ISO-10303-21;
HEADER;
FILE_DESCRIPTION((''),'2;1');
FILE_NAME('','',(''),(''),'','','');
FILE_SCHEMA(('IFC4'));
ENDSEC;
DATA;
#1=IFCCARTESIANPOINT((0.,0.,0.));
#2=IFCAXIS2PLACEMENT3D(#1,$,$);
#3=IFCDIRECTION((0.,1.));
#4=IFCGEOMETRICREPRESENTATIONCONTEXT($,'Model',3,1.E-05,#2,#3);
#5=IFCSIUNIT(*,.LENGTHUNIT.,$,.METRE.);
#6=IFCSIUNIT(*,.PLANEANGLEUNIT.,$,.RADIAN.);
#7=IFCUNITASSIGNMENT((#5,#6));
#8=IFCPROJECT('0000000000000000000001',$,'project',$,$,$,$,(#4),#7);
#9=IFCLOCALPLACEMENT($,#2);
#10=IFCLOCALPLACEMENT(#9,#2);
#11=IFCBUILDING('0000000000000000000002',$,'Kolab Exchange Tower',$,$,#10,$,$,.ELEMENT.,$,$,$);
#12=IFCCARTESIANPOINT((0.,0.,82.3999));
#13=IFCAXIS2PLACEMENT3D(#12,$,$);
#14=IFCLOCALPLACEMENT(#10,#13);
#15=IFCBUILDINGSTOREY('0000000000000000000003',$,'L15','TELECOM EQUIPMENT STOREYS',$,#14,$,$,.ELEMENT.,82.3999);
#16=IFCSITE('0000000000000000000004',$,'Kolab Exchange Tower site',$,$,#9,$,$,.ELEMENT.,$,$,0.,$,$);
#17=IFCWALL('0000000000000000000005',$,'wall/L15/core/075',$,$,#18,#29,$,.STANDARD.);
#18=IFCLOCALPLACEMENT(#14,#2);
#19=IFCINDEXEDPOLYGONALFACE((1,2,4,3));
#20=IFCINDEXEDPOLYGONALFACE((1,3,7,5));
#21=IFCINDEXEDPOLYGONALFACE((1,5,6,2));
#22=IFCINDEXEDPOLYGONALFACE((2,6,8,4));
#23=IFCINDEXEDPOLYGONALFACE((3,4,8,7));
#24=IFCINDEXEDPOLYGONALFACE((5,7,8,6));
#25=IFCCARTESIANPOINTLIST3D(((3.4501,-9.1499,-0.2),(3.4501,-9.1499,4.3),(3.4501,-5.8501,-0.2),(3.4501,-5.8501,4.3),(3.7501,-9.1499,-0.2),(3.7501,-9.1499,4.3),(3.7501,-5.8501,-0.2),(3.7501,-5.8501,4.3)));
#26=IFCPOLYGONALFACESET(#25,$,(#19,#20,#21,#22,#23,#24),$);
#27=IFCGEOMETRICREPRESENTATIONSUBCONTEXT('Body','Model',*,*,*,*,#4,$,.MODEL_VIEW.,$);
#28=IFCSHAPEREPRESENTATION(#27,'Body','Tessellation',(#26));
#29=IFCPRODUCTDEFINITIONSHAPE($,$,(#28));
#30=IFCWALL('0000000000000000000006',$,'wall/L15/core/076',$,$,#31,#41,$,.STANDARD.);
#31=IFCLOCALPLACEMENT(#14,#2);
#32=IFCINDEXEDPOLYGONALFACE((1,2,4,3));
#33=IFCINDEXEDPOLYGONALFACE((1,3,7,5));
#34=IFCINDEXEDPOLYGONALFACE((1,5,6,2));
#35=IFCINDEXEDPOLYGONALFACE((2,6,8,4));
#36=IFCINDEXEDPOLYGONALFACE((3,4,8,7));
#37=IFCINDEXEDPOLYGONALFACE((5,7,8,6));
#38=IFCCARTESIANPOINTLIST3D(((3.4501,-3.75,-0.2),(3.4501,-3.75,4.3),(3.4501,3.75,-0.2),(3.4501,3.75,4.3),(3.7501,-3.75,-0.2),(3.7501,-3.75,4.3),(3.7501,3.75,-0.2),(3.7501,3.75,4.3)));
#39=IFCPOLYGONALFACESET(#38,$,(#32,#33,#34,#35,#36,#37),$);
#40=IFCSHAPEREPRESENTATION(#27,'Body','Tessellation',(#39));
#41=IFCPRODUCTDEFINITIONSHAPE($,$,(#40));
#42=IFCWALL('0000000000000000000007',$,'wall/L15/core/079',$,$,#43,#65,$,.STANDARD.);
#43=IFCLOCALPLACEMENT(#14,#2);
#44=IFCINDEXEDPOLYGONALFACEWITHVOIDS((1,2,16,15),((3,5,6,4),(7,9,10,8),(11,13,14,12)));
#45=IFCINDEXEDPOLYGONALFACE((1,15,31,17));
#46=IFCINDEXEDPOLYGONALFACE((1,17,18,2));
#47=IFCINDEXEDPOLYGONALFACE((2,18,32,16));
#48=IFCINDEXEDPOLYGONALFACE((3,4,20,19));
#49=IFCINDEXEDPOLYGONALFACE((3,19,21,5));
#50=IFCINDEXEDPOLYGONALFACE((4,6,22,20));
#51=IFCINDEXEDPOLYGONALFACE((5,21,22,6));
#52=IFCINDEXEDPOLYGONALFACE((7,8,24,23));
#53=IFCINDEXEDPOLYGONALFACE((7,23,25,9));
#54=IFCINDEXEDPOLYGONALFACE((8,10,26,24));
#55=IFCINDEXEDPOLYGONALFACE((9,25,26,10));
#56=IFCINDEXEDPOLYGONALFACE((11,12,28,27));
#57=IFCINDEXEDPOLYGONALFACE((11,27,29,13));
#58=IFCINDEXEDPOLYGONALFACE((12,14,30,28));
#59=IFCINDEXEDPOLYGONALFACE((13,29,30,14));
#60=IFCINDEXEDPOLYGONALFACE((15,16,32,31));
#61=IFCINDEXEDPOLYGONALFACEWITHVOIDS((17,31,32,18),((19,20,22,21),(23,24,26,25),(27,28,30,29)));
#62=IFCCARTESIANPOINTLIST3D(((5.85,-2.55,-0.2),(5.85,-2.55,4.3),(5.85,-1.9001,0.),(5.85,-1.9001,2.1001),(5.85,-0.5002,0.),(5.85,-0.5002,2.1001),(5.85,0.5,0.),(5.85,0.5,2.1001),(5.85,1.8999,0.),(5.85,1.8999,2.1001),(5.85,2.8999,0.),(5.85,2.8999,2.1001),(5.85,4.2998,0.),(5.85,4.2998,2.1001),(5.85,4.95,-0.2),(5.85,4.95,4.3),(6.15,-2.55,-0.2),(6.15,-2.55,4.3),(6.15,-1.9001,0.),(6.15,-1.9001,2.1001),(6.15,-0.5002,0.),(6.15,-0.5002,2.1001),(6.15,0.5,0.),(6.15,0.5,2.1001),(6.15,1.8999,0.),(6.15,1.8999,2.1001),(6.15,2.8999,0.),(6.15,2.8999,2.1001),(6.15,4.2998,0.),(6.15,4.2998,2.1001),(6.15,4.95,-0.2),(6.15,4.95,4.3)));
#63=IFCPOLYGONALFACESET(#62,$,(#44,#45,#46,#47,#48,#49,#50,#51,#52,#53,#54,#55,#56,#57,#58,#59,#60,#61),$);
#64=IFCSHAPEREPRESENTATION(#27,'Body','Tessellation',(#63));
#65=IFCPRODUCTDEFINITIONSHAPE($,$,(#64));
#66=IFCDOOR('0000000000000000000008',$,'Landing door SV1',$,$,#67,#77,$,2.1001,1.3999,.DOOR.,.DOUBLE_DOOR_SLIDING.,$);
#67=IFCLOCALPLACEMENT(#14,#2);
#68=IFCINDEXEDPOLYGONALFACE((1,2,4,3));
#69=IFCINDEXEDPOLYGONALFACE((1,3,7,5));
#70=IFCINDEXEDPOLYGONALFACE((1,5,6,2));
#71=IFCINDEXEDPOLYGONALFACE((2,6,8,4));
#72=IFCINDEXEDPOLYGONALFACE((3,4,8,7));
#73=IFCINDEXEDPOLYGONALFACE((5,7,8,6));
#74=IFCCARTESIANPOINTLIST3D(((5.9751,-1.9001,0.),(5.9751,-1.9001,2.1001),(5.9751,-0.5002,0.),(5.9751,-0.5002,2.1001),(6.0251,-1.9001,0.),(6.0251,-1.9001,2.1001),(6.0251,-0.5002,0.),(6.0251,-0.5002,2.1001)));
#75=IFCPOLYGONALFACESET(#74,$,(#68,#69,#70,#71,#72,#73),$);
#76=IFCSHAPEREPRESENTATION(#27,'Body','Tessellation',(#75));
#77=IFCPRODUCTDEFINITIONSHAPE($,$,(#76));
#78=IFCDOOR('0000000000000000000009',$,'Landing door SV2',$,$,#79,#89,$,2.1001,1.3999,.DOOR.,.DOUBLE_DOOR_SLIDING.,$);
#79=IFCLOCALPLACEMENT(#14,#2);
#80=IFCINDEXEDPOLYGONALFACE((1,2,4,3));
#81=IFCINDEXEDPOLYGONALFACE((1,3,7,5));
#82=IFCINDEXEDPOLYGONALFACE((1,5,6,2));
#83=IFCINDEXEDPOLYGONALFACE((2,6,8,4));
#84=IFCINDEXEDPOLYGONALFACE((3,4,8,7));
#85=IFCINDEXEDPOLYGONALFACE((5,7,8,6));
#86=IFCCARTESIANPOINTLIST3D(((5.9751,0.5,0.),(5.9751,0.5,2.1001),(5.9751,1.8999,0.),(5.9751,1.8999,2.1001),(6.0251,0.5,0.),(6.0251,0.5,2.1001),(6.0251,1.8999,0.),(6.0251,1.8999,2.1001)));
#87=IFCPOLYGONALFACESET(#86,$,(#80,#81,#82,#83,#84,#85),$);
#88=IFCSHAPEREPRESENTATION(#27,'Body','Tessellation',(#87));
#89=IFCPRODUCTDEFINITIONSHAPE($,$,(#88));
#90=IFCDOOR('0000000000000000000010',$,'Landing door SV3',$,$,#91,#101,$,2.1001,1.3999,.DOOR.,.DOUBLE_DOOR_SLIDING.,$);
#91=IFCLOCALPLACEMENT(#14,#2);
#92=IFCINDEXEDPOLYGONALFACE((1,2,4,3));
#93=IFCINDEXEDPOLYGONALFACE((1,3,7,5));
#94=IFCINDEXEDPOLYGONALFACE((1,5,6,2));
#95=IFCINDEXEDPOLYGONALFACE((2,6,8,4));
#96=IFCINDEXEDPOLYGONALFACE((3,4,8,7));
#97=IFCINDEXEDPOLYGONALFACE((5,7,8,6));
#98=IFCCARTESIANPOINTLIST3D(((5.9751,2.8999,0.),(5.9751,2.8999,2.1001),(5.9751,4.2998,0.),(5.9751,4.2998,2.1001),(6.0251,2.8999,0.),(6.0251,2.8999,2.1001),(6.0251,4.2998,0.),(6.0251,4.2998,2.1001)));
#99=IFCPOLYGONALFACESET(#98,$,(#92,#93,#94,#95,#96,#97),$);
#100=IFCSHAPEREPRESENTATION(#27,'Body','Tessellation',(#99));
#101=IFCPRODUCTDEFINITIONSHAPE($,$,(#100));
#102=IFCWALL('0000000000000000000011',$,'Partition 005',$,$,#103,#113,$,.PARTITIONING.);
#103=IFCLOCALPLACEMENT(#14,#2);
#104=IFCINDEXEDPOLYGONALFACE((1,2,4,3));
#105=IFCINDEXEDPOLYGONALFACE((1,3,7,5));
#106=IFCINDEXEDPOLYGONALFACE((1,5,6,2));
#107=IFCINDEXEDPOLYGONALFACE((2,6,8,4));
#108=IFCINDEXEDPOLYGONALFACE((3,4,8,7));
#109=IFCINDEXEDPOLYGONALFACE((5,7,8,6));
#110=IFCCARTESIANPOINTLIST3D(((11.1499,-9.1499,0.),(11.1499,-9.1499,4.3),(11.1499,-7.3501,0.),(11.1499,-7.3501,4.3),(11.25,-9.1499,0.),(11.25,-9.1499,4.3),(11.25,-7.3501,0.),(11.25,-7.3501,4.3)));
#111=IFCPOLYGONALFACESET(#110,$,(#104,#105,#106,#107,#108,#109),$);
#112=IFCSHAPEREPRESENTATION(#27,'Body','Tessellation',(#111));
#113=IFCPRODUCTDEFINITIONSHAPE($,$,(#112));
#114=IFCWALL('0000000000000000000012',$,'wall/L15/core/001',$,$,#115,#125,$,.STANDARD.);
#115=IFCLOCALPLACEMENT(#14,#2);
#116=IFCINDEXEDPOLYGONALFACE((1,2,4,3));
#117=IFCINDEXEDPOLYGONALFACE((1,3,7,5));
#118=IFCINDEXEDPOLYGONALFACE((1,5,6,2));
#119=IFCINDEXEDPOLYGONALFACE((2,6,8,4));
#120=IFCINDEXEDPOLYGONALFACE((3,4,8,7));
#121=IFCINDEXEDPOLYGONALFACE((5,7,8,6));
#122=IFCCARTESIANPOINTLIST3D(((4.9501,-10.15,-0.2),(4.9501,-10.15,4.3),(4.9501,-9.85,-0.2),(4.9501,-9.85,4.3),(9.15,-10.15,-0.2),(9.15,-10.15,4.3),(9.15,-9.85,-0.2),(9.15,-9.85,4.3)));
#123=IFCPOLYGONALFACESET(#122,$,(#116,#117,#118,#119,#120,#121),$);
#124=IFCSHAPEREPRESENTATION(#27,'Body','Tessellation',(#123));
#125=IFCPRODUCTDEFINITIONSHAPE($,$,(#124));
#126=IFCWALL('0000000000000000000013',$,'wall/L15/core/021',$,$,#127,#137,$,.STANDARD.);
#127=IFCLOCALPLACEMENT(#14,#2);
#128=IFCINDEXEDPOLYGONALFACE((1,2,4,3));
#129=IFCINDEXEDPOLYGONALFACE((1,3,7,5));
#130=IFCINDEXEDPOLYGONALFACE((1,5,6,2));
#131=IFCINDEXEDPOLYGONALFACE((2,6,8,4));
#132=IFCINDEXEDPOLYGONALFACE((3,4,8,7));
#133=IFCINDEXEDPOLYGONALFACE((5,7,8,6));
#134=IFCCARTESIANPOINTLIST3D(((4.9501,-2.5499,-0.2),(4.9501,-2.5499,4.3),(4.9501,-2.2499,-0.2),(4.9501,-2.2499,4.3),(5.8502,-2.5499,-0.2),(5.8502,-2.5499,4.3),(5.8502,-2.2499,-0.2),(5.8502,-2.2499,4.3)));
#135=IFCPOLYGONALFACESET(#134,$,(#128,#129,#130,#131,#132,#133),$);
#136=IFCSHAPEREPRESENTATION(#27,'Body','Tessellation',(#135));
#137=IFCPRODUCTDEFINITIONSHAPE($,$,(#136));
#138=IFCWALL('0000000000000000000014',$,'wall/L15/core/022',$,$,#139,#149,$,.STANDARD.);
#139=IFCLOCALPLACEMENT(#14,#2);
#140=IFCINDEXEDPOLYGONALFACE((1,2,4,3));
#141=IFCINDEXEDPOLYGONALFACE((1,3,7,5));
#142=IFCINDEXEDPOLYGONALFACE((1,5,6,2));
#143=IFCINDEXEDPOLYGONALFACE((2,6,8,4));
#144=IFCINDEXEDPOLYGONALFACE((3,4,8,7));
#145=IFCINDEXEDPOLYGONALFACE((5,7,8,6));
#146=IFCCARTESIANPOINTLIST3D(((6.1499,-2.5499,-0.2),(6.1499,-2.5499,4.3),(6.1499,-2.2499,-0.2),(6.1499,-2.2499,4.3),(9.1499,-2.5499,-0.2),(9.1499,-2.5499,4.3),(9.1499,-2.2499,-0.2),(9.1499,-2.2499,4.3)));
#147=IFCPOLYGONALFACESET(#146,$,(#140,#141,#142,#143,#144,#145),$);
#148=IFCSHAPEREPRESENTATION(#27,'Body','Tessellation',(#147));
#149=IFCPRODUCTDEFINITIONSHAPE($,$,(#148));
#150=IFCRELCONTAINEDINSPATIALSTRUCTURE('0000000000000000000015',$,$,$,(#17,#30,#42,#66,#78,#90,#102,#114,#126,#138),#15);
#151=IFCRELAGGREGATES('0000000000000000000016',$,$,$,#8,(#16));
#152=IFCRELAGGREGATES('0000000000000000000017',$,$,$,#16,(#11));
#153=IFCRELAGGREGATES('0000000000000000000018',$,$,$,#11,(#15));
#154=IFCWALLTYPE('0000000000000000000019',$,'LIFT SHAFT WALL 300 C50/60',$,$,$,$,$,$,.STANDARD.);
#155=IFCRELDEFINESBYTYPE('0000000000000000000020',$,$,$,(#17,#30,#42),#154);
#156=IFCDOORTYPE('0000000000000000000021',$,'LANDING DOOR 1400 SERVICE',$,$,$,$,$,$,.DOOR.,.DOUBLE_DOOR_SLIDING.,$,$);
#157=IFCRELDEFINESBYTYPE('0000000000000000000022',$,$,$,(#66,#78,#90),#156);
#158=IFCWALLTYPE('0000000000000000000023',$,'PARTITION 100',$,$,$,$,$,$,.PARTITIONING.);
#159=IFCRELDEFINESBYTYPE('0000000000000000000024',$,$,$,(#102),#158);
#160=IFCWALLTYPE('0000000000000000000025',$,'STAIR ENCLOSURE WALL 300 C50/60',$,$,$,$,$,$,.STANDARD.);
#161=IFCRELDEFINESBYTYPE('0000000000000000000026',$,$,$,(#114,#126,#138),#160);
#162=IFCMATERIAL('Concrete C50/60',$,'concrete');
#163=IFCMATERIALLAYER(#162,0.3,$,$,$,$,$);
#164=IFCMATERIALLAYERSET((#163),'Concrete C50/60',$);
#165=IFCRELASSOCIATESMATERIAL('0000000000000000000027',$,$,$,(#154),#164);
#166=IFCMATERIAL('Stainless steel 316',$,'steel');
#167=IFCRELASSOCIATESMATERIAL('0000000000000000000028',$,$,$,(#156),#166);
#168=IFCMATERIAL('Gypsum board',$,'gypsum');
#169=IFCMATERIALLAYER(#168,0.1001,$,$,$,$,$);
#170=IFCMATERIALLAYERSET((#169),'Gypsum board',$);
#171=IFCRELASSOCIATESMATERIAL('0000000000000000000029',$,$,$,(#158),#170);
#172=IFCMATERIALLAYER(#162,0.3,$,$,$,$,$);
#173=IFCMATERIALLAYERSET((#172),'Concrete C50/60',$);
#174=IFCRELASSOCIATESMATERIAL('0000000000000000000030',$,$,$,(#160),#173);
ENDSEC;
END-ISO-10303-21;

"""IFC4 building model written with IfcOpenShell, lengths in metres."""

from ifc_helpers import new_model, si_unit, direction, frame, frame_2d, origin, place, context, subcontext, project, spatial, rectangle, extrude, material, layer, layer_set, type_object, element, fill, save


model = new_model("IFC4")

# Units and contexts
model_context = context("Model", 3, precision=1e-05, world=origin(), true_north=direction((0.0, 1.0)))
body_context = subcontext(model_context, "Body", "Model", "MODEL_VIEW")
ifc_project = project(units=[si_unit("LENGTHUNIT", "METRE"), si_unit("PLANEANGLEUNIT", "RADIAN")], contexts=[model_context])

# Site, building, storey
site_placement = place(None, origin())
site = spatial("IfcSite", under=ifc_project, at=site_placement, Name="Kolab Exchange Tower site", CompositionType="ELEMENT", RefElevation=0.0)
building_placement = place(site_placement, origin())
building = spatial("IfcBuilding", under=site, at=building_placement, Name="Kolab Exchange Tower", CompositionType="ELEMENT")
storey_placement = place(building_placement, frame((0.0, 0.0, 82.3999)))
storey = spatial("IfcBuildingStorey", under=building, at=storey_placement, Name="L15", Description="TELECOM EQUIPMENT STOREYS", CompositionType="ELEMENT", Elevation=82.3999)

# Shared definitions
ifc_material_1 = material(Name="Stainless steel 316", Category="steel")

# Walls
ifc_material_2 = material(Name="Concrete C50/60", Category="concrete")
ifc_layer_1 = layer(ifc_material_2, 0.3)
ifc_layer_set_1 = layer_set([ifc_layer_1], Name="Concrete C50/60")
wall_type_1 = type_object("IfcWallType", Name="LIFT SHAFT WALL 300 C50/60", PredefinedType="STANDARD", material=ifc_layer_set_1)
wall_1_placement = place(storey_placement, frame((3.6001, -9.1499, -0.2), z_axis=(0.0, 0.0, 1.0), x_axis=(0.0, 1.0, 0.0)))
element("IfcWall", 1, at=wall_1_placement, inside=storey, type_object=wall_type_1, Name="wall/L15/core/075", PredefinedType="STANDARD", context=body_context, shape_type="SweptSolid", body=[
    extrude(rectangle(XDim=3.2998, YDim=0.3, at=frame_2d((1.6499, 0.0))), origin(), (0.0, 0.0, 1.0), 4.5),
])
wall_2_placement = place(storey_placement, frame((3.6001, -3.75, -0.2), z_axis=(0.0, 0.0, 1.0), x_axis=(0.0, 1.0, 0.0)))
element("IfcWall", 2, at=wall_2_placement, inside=storey, type_object=wall_type_1, Name="wall/L15/core/076", PredefinedType="STANDARD", context=body_context, shape_type="SweptSolid", body=[
    extrude(rectangle(XDim=7.5, YDim=0.3, at=frame_2d((3.75, 0.0))), origin(), (0.0, 0.0, 1.0), 4.5),
])

# Wall, openings, doors
wall_3_placement = place(storey_placement, frame((6.0, -2.55, -0.2), z_axis=(0.0, 0.0, 1.0), x_axis=(0.0, 1.0, 0.0)))
wall_3 = element("IfcWall", 3, at=wall_3_placement, inside=storey, type_object=wall_type_1, Name="wall/L15/core/079", PredefinedType="STANDARD", context=body_context, shape_type="SweptSolid", body=[
    extrude(rectangle(XDim=7.5, YDim=0.3, at=frame_2d((3.75, 0.0))), origin(), (0.0, 0.0, 1.0), 4.5),
])
opening_1_placement = place(wall_3_placement, frame((0.6499, 0.0, 0.2)))
opening_1 = element("IfcOpeningElement", 4, at=opening_1_placement, cuts=wall_3, PredefinedType="OPENING", context=body_context, shape_type="SweptSolid", body=[
    extrude(rectangle(XDim=1.3999, YDim=2.1001, at=frame_2d((0.7, 1.05))), frame((0.0, 0.1602, 0.0), z_axis=(0.0, -1.0, 0.0), x_axis=(1.0, 0.0, 0.0)), (0.0, 0.0, 1.0), 0.3201),
])
opening_2_placement = place(wall_3_placement, frame((3.05, 0.0, 0.2)))
opening_2 = element("IfcOpeningElement", 5, at=opening_2_placement, cuts=wall_3, PredefinedType="OPENING", context=body_context, shape_type="SweptSolid", body=[
    extrude(rectangle(XDim=1.3999, YDim=2.1001, at=frame_2d((0.7, 1.05))), frame((0.0, 0.1602, 0.0), z_axis=(0.0, -1.0, 0.0), x_axis=(1.0, 0.0, 0.0)), (0.0, 0.0, 1.0), 0.3201),
])
opening_3_placement = place(wall_3_placement, frame((5.45, 0.0, 0.2)))
opening_3 = element("IfcOpeningElement", 6, at=opening_3_placement, cuts=wall_3, PredefinedType="OPENING", context=body_context, shape_type="SweptSolid", body=[
    extrude(rectangle(XDim=1.3999, YDim=2.1001, at=frame_2d((0.7, 1.05))), frame((0.0, 0.1602, 0.0), z_axis=(0.0, -1.0, 0.0), x_axis=(1.0, 0.0, 0.0)), (0.0, 0.0, 1.0), 0.3201),
])
door_type_1 = type_object("IfcDoorType", Name="LANDING DOOR 1400 SERVICE", OperationType="DOUBLE_DOOR_SLIDING", PredefinedType="DOOR", material=ifc_material_1)
door_1_placement = place(opening_1_placement, origin())
door_1 = element("IfcDoor", 7, at=door_1_placement, inside=storey, type_object=door_type_1, Name="Landing door SV1", OperationType="DOUBLE_DOOR_SLIDING", OverallHeight=2.1001, OverallWidth=1.3999, PredefinedType="DOOR", context=body_context, shape_type="SweptSolid", body=[
    extrude(rectangle(XDim=1.3999, YDim=2.1001, at=frame_2d((0.7, 1.05))), frame((0.0, 0.0249, 0.0), z_axis=(0.0, -1.0, 0.0), x_axis=(1.0, 0.0, 0.0)), (0.0, 0.0, 1.0), 0.05),
])
fill(opening_1, door_1)
door_2_placement = place(opening_2_placement, origin())
door_2 = element("IfcDoor", 8, at=door_2_placement, inside=storey, type_object=door_type_1, Name="Landing door SV2", OperationType="DOUBLE_DOOR_SLIDING", OverallHeight=2.1001, OverallWidth=1.3999, PredefinedType="DOOR", context=body_context, shape_type="SweptSolid", body=[
    extrude(rectangle(XDim=1.3999, YDim=2.1001, at=frame_2d((0.7, 1.05))), frame((0.0, 0.0249, 0.0), z_axis=(0.0, -1.0, 0.0), x_axis=(1.0, 0.0, 0.0)), (0.0, 0.0, 1.0), 0.05),
])
fill(opening_2, door_2)
door_3_placement = place(opening_3_placement, origin())
door_3 = element("IfcDoor", 9, at=door_3_placement, inside=storey, type_object=door_type_1, Name="Landing door SV3", OperationType="DOUBLE_DOOR_SLIDING", OverallHeight=2.1001, OverallWidth=1.3999, PredefinedType="DOOR", context=body_context, shape_type="SweptSolid", body=[
    extrude(rectangle(XDim=1.3999, YDim=2.1001, at=frame_2d((0.7, 1.05))), frame((0.0, 0.0249, 0.0), z_axis=(0.0, -1.0, 0.0), x_axis=(1.0, 0.0, 0.0)), (0.0, 0.0, 1.0), 0.05),
])
fill(opening_3, door_3)

# Walls
ifc_material_3 = material(Name="Gypsum board", Category="gypsum")
ifc_layer_2 = layer(ifc_material_3, 0.1001)
ifc_layer_set_2 = layer_set([ifc_layer_2], Name="Gypsum board")
wall_type_2 = type_object("IfcWallType", Name="PARTITION 100", PredefinedType="PARTITIONING", material=ifc_layer_set_2)
wall_4_placement = place(storey_placement, frame((11.2, -9.1499, 0.0), z_axis=(0.0, 0.0, 1.0), x_axis=(0.0, 1.0, 0.0)))
element("IfcWall", 10, at=wall_4_placement, inside=storey, type_object=wall_type_2, Name="Partition 005", PredefinedType="PARTITIONING", context=body_context, shape_type="SweptSolid", body=[
    extrude(rectangle(XDim=1.7998, YDim=0.1001, at=frame_2d((0.8999, 0.0))), origin(), (0.0, 0.0, 1.0), 4.3),
])
ifc_layer_3 = layer(ifc_material_2, 0.3)
ifc_layer_set_3 = layer_set([ifc_layer_3], Name="Concrete C50/60")
wall_type_3 = type_object("IfcWallType", Name="STAIR ENCLOSURE WALL 300 C50/60", PredefinedType="STANDARD", material=ifc_layer_set_3)
wall_5_placement = place(storey_placement, frame((4.95, -10.0, -0.2), z_axis=(0.0, 0.0, 1.0), x_axis=(1.0, 0.0, 0.0)))
element("IfcWall", 11, at=wall_5_placement, inside=storey, type_object=wall_type_3, Name="wall/L15/core/001", PredefinedType="STANDARD", context=body_context, shape_type="SweptSolid", body=[
    extrude(rectangle(XDim=4.2, YDim=0.3, at=frame_2d((2.1001, 0.0))), origin(), (0.0, 0.0, 1.0), 4.5),
])
wall_6_placement = place(storey_placement, frame((4.95, -2.3999, -0.2), z_axis=(0.0, 0.0, 1.0), x_axis=(1.0, 0.0, 0.0)))
element("IfcWall", 12, at=wall_6_placement, inside=storey, type_object=wall_type_3, Name="wall/L15/core/021", PredefinedType="STANDARD", context=body_context, shape_type="SweptSolid", body=[
    extrude(rectangle(XDim=0.9001, YDim=0.3, at=frame_2d((0.4502, 0.0))), origin(), (0.0, 0.0, 1.0), 4.5),
])
wall_7_placement = place(storey_placement, frame((6.1499, -2.3999, -0.2), z_axis=(0.0, 0.0, 1.0), x_axis=(1.0, 0.0, 0.0)))
element("IfcWall", 13, at=wall_7_placement, inside=storey, type_object=wall_type_3, Name="wall/L15/core/022", PredefinedType="STANDARD", context=body_context, shape_type="SweptSolid", body=[
    extrude(rectangle(XDim=3.0, YDim=0.3, at=frame_2d((1.5, 0.0))), origin(), (0.0, 0.0, 1.0), 4.5),
])

save(model, "model.ifc")
